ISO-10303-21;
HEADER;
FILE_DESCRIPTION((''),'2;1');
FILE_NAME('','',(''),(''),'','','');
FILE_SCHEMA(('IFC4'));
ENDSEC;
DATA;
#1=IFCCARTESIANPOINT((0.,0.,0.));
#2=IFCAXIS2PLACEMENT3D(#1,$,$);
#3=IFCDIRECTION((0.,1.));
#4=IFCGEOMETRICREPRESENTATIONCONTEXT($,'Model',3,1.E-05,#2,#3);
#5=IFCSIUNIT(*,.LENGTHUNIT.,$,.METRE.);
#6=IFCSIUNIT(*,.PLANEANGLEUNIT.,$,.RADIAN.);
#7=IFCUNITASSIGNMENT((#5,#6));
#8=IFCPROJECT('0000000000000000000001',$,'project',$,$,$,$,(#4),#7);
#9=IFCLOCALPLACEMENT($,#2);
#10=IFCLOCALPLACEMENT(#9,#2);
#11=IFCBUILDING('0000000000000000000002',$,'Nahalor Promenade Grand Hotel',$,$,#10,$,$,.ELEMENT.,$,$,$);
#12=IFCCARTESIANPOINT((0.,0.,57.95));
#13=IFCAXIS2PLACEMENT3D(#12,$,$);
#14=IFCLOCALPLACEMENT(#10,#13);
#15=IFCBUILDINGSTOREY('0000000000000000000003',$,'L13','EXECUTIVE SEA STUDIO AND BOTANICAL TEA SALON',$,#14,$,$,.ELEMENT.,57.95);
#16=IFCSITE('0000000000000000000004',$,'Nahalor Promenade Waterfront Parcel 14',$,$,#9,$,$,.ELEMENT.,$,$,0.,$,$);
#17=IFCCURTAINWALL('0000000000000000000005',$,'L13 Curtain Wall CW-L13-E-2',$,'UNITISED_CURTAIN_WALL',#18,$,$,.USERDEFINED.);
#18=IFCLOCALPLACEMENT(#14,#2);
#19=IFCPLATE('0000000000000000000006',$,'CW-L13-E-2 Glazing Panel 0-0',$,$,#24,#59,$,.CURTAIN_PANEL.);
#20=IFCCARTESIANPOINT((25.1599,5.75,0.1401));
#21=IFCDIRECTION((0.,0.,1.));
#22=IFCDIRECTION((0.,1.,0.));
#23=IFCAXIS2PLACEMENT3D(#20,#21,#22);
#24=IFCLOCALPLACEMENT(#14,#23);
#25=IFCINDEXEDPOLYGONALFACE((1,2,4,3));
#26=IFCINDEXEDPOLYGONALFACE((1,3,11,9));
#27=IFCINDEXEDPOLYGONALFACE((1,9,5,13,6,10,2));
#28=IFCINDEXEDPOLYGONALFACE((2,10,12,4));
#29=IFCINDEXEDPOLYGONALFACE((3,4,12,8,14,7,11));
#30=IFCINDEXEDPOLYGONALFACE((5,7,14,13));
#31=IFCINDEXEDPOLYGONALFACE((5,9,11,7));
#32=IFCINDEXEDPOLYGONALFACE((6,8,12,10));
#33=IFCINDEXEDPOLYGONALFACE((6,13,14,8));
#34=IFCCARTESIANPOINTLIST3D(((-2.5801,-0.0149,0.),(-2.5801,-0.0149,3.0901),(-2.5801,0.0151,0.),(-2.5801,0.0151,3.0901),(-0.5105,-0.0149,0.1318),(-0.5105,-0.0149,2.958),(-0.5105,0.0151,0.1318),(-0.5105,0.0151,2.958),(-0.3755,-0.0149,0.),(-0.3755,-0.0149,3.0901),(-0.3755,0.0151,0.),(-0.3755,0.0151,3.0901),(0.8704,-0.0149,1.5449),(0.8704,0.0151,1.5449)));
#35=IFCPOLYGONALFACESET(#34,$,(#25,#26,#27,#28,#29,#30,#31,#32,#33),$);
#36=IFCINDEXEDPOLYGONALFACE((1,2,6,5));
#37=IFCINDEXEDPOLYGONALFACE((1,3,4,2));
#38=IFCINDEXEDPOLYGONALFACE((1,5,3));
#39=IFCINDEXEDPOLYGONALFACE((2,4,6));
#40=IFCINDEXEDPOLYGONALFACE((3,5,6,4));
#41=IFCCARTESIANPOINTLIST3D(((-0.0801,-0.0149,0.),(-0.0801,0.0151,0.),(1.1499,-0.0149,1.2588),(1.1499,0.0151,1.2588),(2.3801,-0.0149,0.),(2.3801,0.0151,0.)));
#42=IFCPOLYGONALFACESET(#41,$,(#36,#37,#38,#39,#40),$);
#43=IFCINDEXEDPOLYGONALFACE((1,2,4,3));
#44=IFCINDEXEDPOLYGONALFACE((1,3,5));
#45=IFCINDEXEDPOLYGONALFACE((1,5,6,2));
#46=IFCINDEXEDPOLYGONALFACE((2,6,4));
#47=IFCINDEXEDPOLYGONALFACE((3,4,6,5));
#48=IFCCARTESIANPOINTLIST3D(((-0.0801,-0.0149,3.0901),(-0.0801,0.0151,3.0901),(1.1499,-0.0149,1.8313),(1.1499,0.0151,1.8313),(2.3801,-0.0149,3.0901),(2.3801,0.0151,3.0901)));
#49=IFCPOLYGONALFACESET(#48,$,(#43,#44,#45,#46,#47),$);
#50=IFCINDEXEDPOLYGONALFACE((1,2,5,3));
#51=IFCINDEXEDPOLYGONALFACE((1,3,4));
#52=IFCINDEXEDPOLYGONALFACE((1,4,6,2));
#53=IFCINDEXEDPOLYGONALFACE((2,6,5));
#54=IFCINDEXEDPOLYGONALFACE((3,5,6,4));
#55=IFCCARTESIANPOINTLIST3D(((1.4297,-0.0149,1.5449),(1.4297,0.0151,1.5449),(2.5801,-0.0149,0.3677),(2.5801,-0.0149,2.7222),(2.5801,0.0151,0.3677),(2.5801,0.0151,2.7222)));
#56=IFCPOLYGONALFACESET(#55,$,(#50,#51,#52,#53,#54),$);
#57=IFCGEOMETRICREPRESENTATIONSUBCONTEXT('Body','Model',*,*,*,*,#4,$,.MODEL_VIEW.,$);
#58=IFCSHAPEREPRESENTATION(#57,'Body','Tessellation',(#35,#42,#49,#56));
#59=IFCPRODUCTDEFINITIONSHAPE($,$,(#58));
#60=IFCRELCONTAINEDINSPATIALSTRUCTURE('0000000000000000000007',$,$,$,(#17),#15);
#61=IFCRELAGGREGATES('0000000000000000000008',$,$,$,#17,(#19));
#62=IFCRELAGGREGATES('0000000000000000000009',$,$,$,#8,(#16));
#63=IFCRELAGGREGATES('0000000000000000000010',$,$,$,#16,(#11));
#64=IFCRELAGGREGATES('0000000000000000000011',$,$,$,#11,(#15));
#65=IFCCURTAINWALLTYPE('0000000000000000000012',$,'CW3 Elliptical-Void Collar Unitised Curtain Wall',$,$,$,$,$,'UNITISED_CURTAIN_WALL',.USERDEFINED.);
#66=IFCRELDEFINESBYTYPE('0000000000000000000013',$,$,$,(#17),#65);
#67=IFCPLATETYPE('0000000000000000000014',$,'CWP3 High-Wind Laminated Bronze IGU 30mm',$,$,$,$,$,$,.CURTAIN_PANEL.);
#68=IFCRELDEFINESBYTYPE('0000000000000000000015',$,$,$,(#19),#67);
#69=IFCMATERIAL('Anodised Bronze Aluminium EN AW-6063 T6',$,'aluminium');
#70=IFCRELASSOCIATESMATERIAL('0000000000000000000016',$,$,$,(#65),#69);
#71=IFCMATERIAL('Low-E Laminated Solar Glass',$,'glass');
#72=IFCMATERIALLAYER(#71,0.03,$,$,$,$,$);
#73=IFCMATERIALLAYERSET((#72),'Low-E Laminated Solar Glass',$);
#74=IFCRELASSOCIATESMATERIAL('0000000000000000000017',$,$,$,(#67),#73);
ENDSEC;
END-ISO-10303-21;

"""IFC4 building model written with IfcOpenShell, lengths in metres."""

from ifc_helpers import new_model, si_unit, direction, frame, origin, place, context, subcontext, project, spatial, polyline, outline, extrude, material, layer, layer_set, type_object, element, aggregate, save


model = new_model("IFC4")

# Units and contexts
model_context = context("Model", 3, precision=1e-05, world=origin(), true_north=direction((0.0, 1.0)))
body_context = subcontext(model_context, "Body", "Model", "MODEL_VIEW")
ifc_project = project(units=[si_unit("LENGTHUNIT", "METRE"), si_unit("PLANEANGLEUNIT", "RADIAN")], contexts=[model_context])

# Site, building, storey
site_placement = place(None, origin())
site = spatial("IfcSite", under=ifc_project, at=site_placement, Name="Nahalor Promenade Waterfront Parcel 14", CompositionType="ELEMENT", RefElevation=0.0)
building_placement = place(site_placement, origin())
building = spatial("IfcBuilding", under=site, at=building_placement, Name="Nahalor Promenade Grand Hotel", CompositionType="ELEMENT")
storey_placement = place(building_placement, frame((0.0, 0.0, 57.95)))
storey = spatial("IfcBuildingStorey", under=building, at=storey_placement, Name="L13", Description="EXECUTIVE SEA STUDIO AND BOTANICAL TEA SALON", CompositionType="ELEMENT", Elevation=57.95)

# Shared definitions
ifc_material_1 = material(Name="Anodised Bronze Aluminium EN AW-6063 T6", Category="aluminium")
curtain_wall_type = type_object("IfcCurtainWallType", Name="CW3 Elliptical-Void Collar Unitised Curtain Wall", ElementType="UNITISED_CURTAIN_WALL", PredefinedType="USERDEFINED", material=ifc_material_1)

# Curtain wall
curtain_wall_1_placement = place(storey_placement, origin())
curtain_wall_1 = element("IfcCurtainWall", 1, at=curtain_wall_1_placement, inside=storey, type_object=curtain_wall_type, Name="L13 Curtain Wall CW-L13-E-2", ObjectType="UNITISED_CURTAIN_WALL", PredefinedType="USERDEFINED")

# Plate
ifc_material_2 = material(Name="Low-E Laminated Solar Glass", Category="glass")
ifc_layer_1 = layer(ifc_material_2, 0.03)
ifc_layer_set_1 = layer_set([ifc_layer_1], Name="Low-E Laminated Solar Glass")
plate_type_1 = type_object("IfcPlateType", Name="CWP3 High-Wind Laminated Bronze IGU 30mm", PredefinedType="CURTAIN_PANEL", material=ifc_layer_set_1)
plate_1_placement = place(storey_placement, frame((25.1599, 5.75, 0.1401), z_axis=(0.0, 0.0, 1.0), x_axis=(0.0, 1.0, 0.0)))
plate_1 = element("IfcPlate", 2, at=plate_1_placement, type_object=plate_type_1, Name="CW-L13-E-2 Glazing Panel 0-0", PredefinedType="CURTAIN_PANEL", context=body_context, shape_type="SweptSolid", body=[
    extrude(outline(polyline([(-2.5801, 3.0901), (-2.5801, 0.0), (-0.3755, 0.0), (-0.5105, 0.1318), (0.8704, 1.5449), (-0.5105, 2.958), (-0.3755, 3.0901), (-2.5801, 3.0901)])), frame((0.0, 0.0151, 0.0), z_axis=(0.0, -1.0, 0.0), x_axis=(1.0, 0.0, 0.0)), (0.0, 0.0, 1.0), 0.03),
    extrude(outline(polyline([(1.1499, 1.2588), (-0.0801, 0.0), (2.3801, 0.0), (1.1499, 1.2588)])), frame((0.0, 0.0151, 0.0), z_axis=(0.0, -1.0, 0.0), x_axis=(1.0, 0.0, 0.0)), (0.0, 0.0, 1.0), 0.03),
    extrude(outline(polyline([(1.1499, 1.8313), (2.3801, 3.0901), (-0.0801, 3.0901), (1.1499, 1.8313)])), frame((0.0, 0.0151, 0.0), z_axis=(0.0, -1.0, 0.0), x_axis=(1.0, 0.0, 0.0)), (0.0, 0.0, 1.0), 0.03),
    extrude(outline(polyline([(1.4297, 1.5449), (2.5801, 0.3677), (2.5801, 2.7222), (1.4297, 1.5449)])), frame((0.0, 0.0151, 0.0), z_axis=(0.0, -1.0, 0.0), x_axis=(1.0, 0.0, 0.0)), (0.0, 0.0, 1.0), 0.03),
])
aggregate(curtain_wall_1, [plate_1])

save(model, "model.ifc")
